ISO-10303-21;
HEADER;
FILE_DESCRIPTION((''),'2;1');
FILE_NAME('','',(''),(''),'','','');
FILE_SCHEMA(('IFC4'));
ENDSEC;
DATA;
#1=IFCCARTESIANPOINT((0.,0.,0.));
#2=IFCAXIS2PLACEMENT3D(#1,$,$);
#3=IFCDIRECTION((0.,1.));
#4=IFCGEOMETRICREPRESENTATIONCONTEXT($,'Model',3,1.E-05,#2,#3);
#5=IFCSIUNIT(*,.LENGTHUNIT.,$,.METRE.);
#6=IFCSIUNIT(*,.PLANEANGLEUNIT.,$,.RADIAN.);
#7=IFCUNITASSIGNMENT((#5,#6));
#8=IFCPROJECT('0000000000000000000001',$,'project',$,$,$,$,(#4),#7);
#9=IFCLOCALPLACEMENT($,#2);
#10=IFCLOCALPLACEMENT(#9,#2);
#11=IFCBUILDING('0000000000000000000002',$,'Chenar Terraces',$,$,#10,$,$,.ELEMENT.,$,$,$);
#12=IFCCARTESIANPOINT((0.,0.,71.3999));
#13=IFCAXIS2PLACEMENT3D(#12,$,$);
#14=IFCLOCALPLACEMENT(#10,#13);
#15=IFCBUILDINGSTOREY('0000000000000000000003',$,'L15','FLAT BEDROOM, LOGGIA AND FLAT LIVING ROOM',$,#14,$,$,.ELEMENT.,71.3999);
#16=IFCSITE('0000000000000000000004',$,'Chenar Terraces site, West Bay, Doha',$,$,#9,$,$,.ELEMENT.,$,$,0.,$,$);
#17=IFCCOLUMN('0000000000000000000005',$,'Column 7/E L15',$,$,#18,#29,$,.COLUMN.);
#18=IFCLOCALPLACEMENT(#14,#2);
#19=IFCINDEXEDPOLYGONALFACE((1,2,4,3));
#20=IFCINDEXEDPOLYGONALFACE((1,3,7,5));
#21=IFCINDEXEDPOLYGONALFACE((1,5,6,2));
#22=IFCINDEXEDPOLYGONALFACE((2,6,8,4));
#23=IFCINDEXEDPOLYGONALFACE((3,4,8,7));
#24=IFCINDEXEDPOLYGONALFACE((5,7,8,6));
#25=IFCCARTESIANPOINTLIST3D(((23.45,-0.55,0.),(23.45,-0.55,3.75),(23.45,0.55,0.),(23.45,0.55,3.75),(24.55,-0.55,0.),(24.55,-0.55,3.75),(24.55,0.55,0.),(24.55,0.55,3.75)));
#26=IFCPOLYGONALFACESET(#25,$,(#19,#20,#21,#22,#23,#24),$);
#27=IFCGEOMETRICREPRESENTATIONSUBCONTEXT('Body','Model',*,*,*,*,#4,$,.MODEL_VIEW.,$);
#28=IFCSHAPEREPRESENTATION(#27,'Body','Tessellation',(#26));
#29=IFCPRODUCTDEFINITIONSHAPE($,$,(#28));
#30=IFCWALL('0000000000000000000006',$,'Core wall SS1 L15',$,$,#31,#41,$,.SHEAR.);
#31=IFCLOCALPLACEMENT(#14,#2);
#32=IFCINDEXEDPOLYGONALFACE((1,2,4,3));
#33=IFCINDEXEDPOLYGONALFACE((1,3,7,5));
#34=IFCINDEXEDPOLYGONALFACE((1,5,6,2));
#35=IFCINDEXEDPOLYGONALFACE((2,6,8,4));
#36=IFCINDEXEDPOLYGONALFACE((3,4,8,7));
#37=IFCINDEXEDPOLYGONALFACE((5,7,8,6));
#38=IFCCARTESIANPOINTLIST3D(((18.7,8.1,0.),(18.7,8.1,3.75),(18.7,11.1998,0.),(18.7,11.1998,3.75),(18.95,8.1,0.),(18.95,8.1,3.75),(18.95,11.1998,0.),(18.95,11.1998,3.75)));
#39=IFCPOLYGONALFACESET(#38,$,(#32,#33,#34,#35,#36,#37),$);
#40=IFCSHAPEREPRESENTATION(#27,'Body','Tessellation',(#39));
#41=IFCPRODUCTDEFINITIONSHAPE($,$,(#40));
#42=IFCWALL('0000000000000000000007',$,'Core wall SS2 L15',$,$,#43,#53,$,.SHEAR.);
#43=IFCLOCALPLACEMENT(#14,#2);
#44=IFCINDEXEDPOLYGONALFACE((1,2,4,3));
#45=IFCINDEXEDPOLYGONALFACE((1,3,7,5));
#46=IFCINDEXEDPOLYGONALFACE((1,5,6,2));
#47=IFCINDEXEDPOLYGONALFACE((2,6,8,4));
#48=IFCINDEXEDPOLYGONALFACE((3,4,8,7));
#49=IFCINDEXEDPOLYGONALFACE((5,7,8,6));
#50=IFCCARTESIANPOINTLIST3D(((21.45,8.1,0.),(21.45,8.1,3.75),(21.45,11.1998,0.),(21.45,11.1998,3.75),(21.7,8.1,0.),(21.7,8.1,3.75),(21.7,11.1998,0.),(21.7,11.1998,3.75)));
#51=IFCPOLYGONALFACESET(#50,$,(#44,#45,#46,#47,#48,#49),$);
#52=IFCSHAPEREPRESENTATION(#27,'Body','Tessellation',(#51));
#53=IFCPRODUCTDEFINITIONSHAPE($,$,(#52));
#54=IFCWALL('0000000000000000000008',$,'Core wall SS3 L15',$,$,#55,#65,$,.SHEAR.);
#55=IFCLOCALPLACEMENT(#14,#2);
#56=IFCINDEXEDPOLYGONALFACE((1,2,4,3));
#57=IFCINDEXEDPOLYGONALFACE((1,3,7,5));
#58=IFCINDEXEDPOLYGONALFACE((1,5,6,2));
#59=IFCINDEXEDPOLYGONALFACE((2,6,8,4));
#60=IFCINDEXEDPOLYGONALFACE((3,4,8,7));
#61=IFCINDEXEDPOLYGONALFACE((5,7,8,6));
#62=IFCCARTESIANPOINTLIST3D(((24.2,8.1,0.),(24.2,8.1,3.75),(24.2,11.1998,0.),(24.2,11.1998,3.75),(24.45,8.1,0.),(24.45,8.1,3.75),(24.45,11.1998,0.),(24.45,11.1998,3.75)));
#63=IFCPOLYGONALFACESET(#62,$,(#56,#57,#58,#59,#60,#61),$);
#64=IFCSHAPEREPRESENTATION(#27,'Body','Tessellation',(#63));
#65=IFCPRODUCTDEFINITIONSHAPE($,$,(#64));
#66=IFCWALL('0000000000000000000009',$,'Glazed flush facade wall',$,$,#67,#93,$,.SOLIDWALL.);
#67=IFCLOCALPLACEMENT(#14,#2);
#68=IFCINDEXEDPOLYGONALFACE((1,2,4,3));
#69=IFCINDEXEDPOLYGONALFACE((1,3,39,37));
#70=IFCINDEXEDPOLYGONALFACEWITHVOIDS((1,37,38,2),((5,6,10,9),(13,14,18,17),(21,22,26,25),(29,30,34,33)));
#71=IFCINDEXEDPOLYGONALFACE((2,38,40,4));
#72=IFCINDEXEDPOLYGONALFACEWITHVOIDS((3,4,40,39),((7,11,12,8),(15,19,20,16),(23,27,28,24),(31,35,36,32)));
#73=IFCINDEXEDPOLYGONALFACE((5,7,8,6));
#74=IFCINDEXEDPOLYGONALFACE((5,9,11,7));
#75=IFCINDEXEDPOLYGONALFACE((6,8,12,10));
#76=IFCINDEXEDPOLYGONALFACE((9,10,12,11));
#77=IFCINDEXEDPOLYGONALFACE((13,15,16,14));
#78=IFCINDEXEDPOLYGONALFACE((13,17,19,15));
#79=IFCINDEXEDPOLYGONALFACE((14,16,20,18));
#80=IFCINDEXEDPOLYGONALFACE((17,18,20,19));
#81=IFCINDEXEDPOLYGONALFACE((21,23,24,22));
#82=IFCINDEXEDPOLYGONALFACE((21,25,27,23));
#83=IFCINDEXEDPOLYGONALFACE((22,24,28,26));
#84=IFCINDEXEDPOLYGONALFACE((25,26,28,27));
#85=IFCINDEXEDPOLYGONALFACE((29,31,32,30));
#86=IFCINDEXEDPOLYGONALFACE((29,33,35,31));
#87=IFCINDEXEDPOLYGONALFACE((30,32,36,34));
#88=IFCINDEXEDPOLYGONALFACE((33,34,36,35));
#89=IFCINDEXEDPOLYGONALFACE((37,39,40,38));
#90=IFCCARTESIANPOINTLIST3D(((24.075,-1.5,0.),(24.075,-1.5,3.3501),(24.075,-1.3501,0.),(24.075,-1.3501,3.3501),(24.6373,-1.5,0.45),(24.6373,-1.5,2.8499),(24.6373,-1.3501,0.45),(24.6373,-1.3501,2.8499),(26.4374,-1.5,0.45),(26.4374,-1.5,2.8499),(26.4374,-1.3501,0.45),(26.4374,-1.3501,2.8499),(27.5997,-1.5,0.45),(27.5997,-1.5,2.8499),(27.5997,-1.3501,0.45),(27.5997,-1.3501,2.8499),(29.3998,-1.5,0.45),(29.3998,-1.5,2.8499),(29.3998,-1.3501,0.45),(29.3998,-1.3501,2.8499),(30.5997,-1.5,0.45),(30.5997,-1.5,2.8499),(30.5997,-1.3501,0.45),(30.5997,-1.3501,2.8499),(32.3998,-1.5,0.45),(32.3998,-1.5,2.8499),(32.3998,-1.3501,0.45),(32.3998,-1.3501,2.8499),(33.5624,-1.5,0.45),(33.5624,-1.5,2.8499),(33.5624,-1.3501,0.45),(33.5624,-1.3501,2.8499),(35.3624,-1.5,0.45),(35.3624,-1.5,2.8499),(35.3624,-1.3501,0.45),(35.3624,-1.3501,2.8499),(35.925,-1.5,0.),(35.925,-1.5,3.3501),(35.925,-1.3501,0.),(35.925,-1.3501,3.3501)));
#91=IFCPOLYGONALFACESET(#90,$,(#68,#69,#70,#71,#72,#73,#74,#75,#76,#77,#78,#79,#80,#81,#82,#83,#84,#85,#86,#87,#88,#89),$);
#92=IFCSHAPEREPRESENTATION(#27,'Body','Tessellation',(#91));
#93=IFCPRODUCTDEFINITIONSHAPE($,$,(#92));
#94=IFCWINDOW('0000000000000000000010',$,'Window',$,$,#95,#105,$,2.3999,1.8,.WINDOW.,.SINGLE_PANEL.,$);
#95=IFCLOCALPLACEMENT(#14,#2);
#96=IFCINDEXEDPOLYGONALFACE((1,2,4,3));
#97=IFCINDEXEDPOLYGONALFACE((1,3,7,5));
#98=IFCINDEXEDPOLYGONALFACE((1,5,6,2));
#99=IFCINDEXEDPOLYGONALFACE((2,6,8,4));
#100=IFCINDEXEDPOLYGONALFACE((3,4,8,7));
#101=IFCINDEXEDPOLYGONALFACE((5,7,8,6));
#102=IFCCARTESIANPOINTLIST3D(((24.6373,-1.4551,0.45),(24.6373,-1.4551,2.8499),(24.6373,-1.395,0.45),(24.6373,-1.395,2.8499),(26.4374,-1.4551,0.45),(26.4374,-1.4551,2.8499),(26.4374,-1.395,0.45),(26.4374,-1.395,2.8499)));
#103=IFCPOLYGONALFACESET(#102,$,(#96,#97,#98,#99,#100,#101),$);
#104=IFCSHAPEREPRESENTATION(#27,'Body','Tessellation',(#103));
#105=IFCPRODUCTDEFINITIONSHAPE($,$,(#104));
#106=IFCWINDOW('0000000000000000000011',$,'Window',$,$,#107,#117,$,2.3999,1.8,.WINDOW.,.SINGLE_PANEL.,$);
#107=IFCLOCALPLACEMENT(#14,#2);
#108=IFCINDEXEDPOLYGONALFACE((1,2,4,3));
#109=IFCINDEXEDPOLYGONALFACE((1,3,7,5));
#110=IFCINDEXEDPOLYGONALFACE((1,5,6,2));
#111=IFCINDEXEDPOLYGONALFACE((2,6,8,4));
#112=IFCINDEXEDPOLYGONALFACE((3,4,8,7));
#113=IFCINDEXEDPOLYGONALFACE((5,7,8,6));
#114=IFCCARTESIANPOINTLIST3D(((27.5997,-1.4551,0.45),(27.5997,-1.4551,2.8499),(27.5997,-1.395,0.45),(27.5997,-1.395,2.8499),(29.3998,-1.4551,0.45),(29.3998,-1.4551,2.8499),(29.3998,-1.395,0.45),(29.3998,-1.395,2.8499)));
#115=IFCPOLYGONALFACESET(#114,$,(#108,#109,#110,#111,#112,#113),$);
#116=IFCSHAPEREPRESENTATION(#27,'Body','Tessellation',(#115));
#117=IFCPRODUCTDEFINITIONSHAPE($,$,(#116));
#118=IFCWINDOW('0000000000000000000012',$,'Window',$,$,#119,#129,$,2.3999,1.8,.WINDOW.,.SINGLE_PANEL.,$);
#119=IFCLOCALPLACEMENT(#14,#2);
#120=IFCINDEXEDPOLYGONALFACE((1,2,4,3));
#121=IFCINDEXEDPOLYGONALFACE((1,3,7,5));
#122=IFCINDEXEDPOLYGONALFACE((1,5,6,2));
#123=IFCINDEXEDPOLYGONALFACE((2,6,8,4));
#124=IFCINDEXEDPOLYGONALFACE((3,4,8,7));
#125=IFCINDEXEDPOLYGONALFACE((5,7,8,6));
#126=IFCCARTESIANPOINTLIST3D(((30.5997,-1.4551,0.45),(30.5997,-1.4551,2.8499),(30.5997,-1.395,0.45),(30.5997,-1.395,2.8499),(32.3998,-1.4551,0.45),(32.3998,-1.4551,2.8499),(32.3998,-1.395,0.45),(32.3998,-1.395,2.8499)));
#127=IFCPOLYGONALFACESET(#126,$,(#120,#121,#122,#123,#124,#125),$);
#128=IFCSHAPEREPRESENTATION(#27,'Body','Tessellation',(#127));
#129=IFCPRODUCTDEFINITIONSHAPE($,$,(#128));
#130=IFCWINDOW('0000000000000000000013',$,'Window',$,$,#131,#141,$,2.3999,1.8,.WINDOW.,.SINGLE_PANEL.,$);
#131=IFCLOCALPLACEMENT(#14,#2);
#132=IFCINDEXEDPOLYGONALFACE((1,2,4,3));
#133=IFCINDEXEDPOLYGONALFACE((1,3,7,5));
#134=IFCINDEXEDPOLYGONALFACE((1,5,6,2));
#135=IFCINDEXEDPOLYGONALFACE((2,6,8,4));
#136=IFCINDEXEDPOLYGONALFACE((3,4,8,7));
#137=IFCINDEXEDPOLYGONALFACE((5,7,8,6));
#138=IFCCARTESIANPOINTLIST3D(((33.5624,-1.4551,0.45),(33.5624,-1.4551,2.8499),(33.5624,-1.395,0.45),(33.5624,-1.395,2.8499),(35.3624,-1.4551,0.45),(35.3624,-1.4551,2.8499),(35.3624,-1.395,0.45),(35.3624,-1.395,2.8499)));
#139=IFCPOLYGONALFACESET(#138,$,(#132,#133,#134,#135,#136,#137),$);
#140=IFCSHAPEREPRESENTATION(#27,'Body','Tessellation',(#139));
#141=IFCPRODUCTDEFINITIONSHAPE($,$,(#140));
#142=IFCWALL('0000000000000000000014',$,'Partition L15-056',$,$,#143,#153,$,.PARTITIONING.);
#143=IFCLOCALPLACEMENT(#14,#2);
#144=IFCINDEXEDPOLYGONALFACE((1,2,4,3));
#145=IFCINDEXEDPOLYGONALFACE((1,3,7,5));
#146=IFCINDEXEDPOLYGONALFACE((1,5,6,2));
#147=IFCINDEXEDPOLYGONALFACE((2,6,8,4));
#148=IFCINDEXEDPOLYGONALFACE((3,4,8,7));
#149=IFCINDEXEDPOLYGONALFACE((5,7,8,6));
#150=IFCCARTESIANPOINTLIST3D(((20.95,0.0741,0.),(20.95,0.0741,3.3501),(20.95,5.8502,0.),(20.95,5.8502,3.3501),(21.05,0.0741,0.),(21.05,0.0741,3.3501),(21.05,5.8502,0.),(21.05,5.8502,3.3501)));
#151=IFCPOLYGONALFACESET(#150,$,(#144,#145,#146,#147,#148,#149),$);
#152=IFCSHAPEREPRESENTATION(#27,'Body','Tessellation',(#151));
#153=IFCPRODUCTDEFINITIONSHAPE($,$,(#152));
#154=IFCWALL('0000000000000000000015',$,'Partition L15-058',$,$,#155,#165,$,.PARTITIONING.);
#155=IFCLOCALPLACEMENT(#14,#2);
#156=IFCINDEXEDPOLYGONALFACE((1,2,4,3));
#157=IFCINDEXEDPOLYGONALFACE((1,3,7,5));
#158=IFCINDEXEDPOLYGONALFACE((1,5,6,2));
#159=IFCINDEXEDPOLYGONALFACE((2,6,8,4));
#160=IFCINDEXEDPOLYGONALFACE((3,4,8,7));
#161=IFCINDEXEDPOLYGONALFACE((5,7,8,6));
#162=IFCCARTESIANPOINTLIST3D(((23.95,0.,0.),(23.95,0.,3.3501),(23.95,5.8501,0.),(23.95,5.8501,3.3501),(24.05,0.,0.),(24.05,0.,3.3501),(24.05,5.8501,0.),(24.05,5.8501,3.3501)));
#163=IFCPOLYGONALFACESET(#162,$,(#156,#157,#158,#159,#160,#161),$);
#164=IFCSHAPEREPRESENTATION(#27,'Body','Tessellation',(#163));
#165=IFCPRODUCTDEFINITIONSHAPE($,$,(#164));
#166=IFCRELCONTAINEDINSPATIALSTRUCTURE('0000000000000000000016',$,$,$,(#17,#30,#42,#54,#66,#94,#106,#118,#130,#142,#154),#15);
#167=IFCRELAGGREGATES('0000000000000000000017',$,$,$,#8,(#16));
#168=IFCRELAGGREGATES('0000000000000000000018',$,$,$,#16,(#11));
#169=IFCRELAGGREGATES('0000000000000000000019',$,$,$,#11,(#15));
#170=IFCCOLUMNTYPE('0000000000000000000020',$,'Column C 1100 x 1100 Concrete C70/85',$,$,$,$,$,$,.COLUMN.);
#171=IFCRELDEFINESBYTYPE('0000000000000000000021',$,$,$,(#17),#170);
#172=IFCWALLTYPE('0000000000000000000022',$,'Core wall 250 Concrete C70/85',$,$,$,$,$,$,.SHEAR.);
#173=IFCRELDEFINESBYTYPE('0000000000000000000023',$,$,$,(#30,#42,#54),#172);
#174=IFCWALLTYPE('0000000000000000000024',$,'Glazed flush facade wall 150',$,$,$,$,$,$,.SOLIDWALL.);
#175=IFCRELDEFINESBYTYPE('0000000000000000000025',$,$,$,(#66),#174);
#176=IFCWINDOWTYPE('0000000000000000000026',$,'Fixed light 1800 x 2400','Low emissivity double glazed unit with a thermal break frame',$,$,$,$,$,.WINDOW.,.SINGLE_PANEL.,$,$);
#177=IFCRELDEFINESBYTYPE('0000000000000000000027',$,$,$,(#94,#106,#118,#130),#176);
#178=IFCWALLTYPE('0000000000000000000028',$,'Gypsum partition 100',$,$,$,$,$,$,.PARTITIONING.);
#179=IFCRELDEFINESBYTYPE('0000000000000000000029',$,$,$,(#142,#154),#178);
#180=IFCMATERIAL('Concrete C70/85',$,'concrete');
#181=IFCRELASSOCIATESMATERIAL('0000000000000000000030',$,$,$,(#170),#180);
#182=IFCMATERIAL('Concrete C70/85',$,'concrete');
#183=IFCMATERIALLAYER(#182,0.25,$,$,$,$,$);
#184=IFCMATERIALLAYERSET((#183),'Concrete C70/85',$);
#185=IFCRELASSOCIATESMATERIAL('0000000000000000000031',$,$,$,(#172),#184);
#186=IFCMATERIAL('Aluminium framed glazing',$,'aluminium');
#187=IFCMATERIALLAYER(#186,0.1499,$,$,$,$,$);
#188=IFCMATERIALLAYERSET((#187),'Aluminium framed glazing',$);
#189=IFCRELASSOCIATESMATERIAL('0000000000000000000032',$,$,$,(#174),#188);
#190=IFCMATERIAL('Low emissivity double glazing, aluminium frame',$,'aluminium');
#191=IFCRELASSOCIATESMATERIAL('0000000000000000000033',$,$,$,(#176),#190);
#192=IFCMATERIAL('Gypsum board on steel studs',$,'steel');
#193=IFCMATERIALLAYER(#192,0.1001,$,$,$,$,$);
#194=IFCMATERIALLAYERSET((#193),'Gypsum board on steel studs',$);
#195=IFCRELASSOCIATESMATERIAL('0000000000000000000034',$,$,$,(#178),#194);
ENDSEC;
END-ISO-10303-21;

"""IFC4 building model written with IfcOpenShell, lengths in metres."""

from ifc_helpers import new_model, si_unit, direction, frame, frame_2d, origin, origin_2d, place, context, subcontext, project, spatial, rectangle, extrude, material, layer, layer_set, material_profile, profile_set, type_object, element, fill, save


model = new_model("IFC4")

# Units and contexts
model_context = context("Model", 3, precision=1e-05, world=origin(), true_north=direction((0.0, 1.0)))
body_context = subcontext(model_context, "Body", "Model", "MODEL_VIEW")
ifc_project = project(units=[si_unit("LENGTHUNIT", "METRE"), si_unit("PLANEANGLEUNIT", "RADIAN")], contexts=[model_context])

# Site, building, storey
site_placement = place(None, origin())
site = spatial("IfcSite", under=ifc_project, at=site_placement, Name="Chenar Terraces site, West Bay, Doha", CompositionType="ELEMENT", RefElevation=0.0)
building_placement = place(site_placement, origin())
building = spatial("IfcBuilding", under=site, at=building_placement, Name="Chenar Terraces", CompositionType="ELEMENT")
storey_placement = place(building_placement, frame((0.0, 0.0, 71.3999)))
storey = spatial("IfcBuildingStorey", under=building, at=storey_placement, Name="L15", Description="FLAT BEDROOM, LOGGIA AND FLAT LIVING ROOM", CompositionType="ELEMENT", Elevation=71.3999)

# Column
ifc_material_1 = material(Name="Concrete C70/85", Category="concrete")
ifc_material_profile_1 = material_profile(ifc_material_1, rectangle(XDim=1.1001, YDim=1.1001, at=origin_2d()), Name="C 1100 x 1100")
ifc_profile_set_1 = profile_set([ifc_material_profile_1], Name="Concrete C70/85")
column_type = type_object("IfcColumnType", Name="Column C 1100 x 1100 Concrete C70/85", PredefinedType="COLUMN", material=ifc_profile_set_1)
column_placement = place(storey_placement, frame((24.0, 0.0, 0.0), z_axis=(0.0, 0.0, 1.0), x_axis=(1.0, 0.0, 0.0)))
element("IfcColumn", 1, at=column_placement, inside=storey, type_object=column_type, Name="Column 7/E L15", PredefinedType="COLUMN", context=body_context, shape_type="SweptSolid", body=[
    extrude(rectangle(XDim=1.1001, YDim=1.1001, at=origin_2d()), origin(), (0.0, 0.0, 1.0), 3.75),
])

# Walls
ifc_material_2 = material(Name="Concrete C70/85", Category="concrete")
ifc_layer_1 = layer(ifc_material_2, 0.25)
ifc_layer_set_1 = layer_set([ifc_layer_1], Name="Concrete C70/85")
wall_type_1 = type_object("IfcWallType", Name="Core wall 250 Concrete C70/85", PredefinedType="SHEAR", material=ifc_layer_set_1)
for number, where, z_axis, x_axis, name in (
    (2, (18.825, 8.1001, 0.0), (0.0, 0.0, 1.0), (0.0, 1.0, 0.0), "Core wall SS1 L15"),
    (3, (21.575, 8.1001, 0.0), (0.0, 0.0, 1.0), (0.0, 1.0, 0.0), "Core wall SS2 L15"),
    (4, (24.325, 8.1001, 0.0), (0.0, 0.0, 1.0), (0.0, 1.0, 0.0), "Core wall SS3 L15"),
):
    element("IfcWall", number, at=place(storey_placement, frame(where, z_axis=z_axis, x_axis=x_axis)), inside=storey, type_object=wall_type_1, Name=name, PredefinedType="SHEAR", context=body_context, shape_type="SweptSolid", body=[
        extrude(rectangle(XDim=3.0999, YDim=0.25, at=frame_2d((1.5498, 0.0))), origin(), (0.0, 0.0, 1.0), 3.75),
    ])

# Wall, openings, windows
ifc_material_3 = material(Name="Aluminium framed glazing", Category="aluminium")
ifc_layer_2 = layer(ifc_material_3, 0.1499)
ifc_layer_set_2 = layer_set([ifc_layer_2], Name="Aluminium framed glazing")
wall_type_2 = type_object("IfcWallType", Name="Glazed flush facade wall 150", PredefinedType="SOLIDWALL", material=ifc_layer_set_2)
wall_1_placement = place(storey_placement, frame((24.075, -1.425, 0.0), z_axis=(0.0, 0.0, 1.0), x_axis=(1.0, 0.0, 0.0)))
wall_1 = element("IfcWall", 5, at=wall_1_placement, inside=storey, type_object=wall_type_2, Name="Glazed flush facade wall", PredefinedType="SOLIDWALL", context=body_context, shape_type="SweptSolid", body=[
    extrude(rectangle(XDim=11.8501, YDim=0.1499, at=frame_2d((5.925, 0.0))), origin(), (0.0, 0.0, 1.0), 3.3501),
])
opening_1_placement = place(wall_1_placement, frame((0.5625, 0.0, 0.45)))
opening_1 = element("IfcOpeningElement", 6, at=opening_1_placement, cuts=wall_1, PredefinedType="OPENING", context=body_context, shape_type="SweptSolid", body=[
    extrude(rectangle(XDim=1.8, YDim=2.3999, at=frame_2d((0.8999, 1.2))), frame((0.0, 0.085, 0.0), z_axis=(0.0, -1.0, 0.0), x_axis=(1.0, 0.0, 0.0)), (0.0, 0.0, 1.0), 0.1699),
])
opening_2_placement = place(wall_1_placement, frame((3.5249, 0.0, 0.45)))
opening_2 = element("IfcOpeningElement", 7, at=opening_2_placement, cuts=wall_1, PredefinedType="OPENING", context=body_context, shape_type="SweptSolid", body=[
    extrude(rectangle(XDim=1.8, YDim=2.3999, at=frame_2d((0.8999, 1.2))), frame((0.0, 0.085, 0.0), z_axis=(0.0, -1.0, 0.0), x_axis=(1.0, 0.0, 0.0)), (0.0, 0.0, 1.0), 0.1699),
])
opening_3_placement = place(wall_1_placement, frame((6.5249, 0.0, 0.45)))
opening_3 = element("IfcOpeningElement", 8, at=opening_3_placement, cuts=wall_1, PredefinedType="OPENING", context=body_context, shape_type="SweptSolid", body=[
    extrude(rectangle(XDim=1.8, YDim=2.3999, at=frame_2d((0.8999, 1.2))), frame((0.0, 0.085, 0.0), z_axis=(0.0, -1.0, 0.0), x_axis=(1.0, 0.0, 0.0)), (0.0, 0.0, 1.0), 0.1699),
])
opening_4_placement = place(wall_1_placement, frame((9.4875, 0.0, 0.45)))
opening_4 = element("IfcOpeningElement", 9, at=opening_4_placement, cuts=wall_1, PredefinedType="OPENING", context=body_context, shape_type="SweptSolid", body=[
    extrude(rectangle(XDim=1.8, YDim=2.3999, at=frame_2d((0.8999, 1.2))), frame((0.0, 0.085, 0.0), z_axis=(0.0, -1.0, 0.0), x_axis=(1.0, 0.0, 0.0)), (0.0, 0.0, 1.0), 0.1699),
])
ifc_material_4 = material(Name="Low emissivity double glazing, aluminium frame", Category="aluminium")
window_type = type_object("IfcWindowType", Name="Fixed light 1800 x 2400", Description="Low emissivity double glazed unit with a thermal break frame", PartitioningType="SINGLE_PANEL", PredefinedType="WINDOW", material=ifc_material_4)
window_1_placement = place(opening_1_placement, origin())
window_1 = element("IfcWindow", 10, at=window_1_placement, inside=storey, type_object=window_type, Name="Window", OverallHeight=2.3999, OverallWidth=1.8, PartitioningType="SINGLE_PANEL", PredefinedType="WINDOW", context=body_context, shape_type="SweptSolid", body=[
    extrude(rectangle(XDim=1.8, YDim=2.3999, at=frame_2d((0.8999, 1.2))), frame((0.0, 0.03, 0.0), z_axis=(0.0, -1.0, 0.0), x_axis=(1.0, 0.0, 0.0)), (0.0, 0.0, 1.0), 0.0601),
])
fill(opening_1, window_1)
window_2_placement = place(opening_2_placement, origin())
window_2 = element("IfcWindow", 11, at=window_2_placement, inside=storey, type_object=window_type, Name="Window", OverallHeight=2.3999, OverallWidth=1.8, PartitioningType="SINGLE_PANEL", PredefinedType="WINDOW", context=body_context, shape_type="SweptSolid", body=[
    extrude(rectangle(XDim=1.8, YDim=2.3999, at=frame_2d((0.8999, 1.2))), frame((0.0, 0.03, 0.0), z_axis=(0.0, -1.0, 0.0), x_axis=(1.0, 0.0, 0.0)), (0.0, 0.0, 1.0), 0.0601),
])
fill(opening_2, window_2)
window_3_placement = place(opening_3_placement, origin())
window_3 = element("IfcWindow", 12, at=window_3_placement, inside=storey, type_object=window_type, Name="Window", OverallHeight=2.3999, OverallWidth=1.8, PartitioningType="SINGLE_PANEL", PredefinedType="WINDOW", context=body_context, shape_type="SweptSolid", body=[
    extrude(rectangle(XDim=1.8, YDim=2.3999, at=frame_2d((0.8999, 1.2))), frame((0.0, 0.03, 0.0), z_axis=(0.0, -1.0, 0.0), x_axis=(1.0, 0.0, 0.0)), (0.0, 0.0, 1.0), 0.0601),
])
fill(opening_3, window_3)
window_4_placement = place(opening_4_placement, origin())
window_4 = element("IfcWindow", 13, at=window_4_placement, inside=storey, type_object=window_type, Name="Window", OverallHeight=2.3999, OverallWidth=1.8, PartitioningType="SINGLE_PANEL", PredefinedType="WINDOW", context=body_context, shape_type="SweptSolid", body=[
    extrude(rectangle(XDim=1.8, YDim=2.3999, at=frame_2d((0.8999, 1.2))), frame((0.0, 0.03, 0.0), z_axis=(0.0, -1.0, 0.0), x_axis=(1.0, 0.0, 0.0)), (0.0, 0.0, 1.0), 0.0601),
])
fill(opening_4, window_4)

# Walls
ifc_material_5 = material(Name="Gypsum board on steel studs", Category="steel")
ifc_layer_3 = layer(ifc_material_5, 0.1001)
ifc_layer_set_3 = layer_set([ifc_layer_3], Name="Gypsum board on steel studs")
wall_type_3 = type_object("IfcWallType", Name="Gypsum partition 100", PredefinedType="PARTITIONING", material=ifc_layer_set_3)
wall_2_placement = place(storey_placement, frame((21.0, 0.074, 0.0), z_axis=(0.0, 0.0, 1.0), x_axis=(0.0, 1.0, 0.0)))
element("IfcWall", 14, at=wall_2_placement, inside=storey, type_object=wall_type_3, Name="Partition L15-056", PredefinedType="PARTITIONING", context=body_context, shape_type="SweptSolid", body=[
    extrude(rectangle(XDim=5.7761, YDim=0.1001, at=frame_2d((2.8882, 0.0))), origin(), (0.0, 0.0, 1.0), 3.3501),
])
wall_3_placement = place(storey_placement, frame((24.0, 0.0, 0.0), z_axis=(0.0, 0.0, 1.0), x_axis=(0.0, 1.0, 0.0)))
element("IfcWall", 15, at=wall_3_placement, inside=storey, type_object=wall_type_3, Name="Partition L15-058", PredefinedType="PARTITIONING", context=body_context, shape_type="SweptSolid", body=[
    extrude(rectangle(XDim=5.8501, YDim=0.1001, at=frame_2d((2.925, 0.0))), origin(), (0.0, 0.0, 1.0), 3.3501),
])

save(model, "model.ifc")
